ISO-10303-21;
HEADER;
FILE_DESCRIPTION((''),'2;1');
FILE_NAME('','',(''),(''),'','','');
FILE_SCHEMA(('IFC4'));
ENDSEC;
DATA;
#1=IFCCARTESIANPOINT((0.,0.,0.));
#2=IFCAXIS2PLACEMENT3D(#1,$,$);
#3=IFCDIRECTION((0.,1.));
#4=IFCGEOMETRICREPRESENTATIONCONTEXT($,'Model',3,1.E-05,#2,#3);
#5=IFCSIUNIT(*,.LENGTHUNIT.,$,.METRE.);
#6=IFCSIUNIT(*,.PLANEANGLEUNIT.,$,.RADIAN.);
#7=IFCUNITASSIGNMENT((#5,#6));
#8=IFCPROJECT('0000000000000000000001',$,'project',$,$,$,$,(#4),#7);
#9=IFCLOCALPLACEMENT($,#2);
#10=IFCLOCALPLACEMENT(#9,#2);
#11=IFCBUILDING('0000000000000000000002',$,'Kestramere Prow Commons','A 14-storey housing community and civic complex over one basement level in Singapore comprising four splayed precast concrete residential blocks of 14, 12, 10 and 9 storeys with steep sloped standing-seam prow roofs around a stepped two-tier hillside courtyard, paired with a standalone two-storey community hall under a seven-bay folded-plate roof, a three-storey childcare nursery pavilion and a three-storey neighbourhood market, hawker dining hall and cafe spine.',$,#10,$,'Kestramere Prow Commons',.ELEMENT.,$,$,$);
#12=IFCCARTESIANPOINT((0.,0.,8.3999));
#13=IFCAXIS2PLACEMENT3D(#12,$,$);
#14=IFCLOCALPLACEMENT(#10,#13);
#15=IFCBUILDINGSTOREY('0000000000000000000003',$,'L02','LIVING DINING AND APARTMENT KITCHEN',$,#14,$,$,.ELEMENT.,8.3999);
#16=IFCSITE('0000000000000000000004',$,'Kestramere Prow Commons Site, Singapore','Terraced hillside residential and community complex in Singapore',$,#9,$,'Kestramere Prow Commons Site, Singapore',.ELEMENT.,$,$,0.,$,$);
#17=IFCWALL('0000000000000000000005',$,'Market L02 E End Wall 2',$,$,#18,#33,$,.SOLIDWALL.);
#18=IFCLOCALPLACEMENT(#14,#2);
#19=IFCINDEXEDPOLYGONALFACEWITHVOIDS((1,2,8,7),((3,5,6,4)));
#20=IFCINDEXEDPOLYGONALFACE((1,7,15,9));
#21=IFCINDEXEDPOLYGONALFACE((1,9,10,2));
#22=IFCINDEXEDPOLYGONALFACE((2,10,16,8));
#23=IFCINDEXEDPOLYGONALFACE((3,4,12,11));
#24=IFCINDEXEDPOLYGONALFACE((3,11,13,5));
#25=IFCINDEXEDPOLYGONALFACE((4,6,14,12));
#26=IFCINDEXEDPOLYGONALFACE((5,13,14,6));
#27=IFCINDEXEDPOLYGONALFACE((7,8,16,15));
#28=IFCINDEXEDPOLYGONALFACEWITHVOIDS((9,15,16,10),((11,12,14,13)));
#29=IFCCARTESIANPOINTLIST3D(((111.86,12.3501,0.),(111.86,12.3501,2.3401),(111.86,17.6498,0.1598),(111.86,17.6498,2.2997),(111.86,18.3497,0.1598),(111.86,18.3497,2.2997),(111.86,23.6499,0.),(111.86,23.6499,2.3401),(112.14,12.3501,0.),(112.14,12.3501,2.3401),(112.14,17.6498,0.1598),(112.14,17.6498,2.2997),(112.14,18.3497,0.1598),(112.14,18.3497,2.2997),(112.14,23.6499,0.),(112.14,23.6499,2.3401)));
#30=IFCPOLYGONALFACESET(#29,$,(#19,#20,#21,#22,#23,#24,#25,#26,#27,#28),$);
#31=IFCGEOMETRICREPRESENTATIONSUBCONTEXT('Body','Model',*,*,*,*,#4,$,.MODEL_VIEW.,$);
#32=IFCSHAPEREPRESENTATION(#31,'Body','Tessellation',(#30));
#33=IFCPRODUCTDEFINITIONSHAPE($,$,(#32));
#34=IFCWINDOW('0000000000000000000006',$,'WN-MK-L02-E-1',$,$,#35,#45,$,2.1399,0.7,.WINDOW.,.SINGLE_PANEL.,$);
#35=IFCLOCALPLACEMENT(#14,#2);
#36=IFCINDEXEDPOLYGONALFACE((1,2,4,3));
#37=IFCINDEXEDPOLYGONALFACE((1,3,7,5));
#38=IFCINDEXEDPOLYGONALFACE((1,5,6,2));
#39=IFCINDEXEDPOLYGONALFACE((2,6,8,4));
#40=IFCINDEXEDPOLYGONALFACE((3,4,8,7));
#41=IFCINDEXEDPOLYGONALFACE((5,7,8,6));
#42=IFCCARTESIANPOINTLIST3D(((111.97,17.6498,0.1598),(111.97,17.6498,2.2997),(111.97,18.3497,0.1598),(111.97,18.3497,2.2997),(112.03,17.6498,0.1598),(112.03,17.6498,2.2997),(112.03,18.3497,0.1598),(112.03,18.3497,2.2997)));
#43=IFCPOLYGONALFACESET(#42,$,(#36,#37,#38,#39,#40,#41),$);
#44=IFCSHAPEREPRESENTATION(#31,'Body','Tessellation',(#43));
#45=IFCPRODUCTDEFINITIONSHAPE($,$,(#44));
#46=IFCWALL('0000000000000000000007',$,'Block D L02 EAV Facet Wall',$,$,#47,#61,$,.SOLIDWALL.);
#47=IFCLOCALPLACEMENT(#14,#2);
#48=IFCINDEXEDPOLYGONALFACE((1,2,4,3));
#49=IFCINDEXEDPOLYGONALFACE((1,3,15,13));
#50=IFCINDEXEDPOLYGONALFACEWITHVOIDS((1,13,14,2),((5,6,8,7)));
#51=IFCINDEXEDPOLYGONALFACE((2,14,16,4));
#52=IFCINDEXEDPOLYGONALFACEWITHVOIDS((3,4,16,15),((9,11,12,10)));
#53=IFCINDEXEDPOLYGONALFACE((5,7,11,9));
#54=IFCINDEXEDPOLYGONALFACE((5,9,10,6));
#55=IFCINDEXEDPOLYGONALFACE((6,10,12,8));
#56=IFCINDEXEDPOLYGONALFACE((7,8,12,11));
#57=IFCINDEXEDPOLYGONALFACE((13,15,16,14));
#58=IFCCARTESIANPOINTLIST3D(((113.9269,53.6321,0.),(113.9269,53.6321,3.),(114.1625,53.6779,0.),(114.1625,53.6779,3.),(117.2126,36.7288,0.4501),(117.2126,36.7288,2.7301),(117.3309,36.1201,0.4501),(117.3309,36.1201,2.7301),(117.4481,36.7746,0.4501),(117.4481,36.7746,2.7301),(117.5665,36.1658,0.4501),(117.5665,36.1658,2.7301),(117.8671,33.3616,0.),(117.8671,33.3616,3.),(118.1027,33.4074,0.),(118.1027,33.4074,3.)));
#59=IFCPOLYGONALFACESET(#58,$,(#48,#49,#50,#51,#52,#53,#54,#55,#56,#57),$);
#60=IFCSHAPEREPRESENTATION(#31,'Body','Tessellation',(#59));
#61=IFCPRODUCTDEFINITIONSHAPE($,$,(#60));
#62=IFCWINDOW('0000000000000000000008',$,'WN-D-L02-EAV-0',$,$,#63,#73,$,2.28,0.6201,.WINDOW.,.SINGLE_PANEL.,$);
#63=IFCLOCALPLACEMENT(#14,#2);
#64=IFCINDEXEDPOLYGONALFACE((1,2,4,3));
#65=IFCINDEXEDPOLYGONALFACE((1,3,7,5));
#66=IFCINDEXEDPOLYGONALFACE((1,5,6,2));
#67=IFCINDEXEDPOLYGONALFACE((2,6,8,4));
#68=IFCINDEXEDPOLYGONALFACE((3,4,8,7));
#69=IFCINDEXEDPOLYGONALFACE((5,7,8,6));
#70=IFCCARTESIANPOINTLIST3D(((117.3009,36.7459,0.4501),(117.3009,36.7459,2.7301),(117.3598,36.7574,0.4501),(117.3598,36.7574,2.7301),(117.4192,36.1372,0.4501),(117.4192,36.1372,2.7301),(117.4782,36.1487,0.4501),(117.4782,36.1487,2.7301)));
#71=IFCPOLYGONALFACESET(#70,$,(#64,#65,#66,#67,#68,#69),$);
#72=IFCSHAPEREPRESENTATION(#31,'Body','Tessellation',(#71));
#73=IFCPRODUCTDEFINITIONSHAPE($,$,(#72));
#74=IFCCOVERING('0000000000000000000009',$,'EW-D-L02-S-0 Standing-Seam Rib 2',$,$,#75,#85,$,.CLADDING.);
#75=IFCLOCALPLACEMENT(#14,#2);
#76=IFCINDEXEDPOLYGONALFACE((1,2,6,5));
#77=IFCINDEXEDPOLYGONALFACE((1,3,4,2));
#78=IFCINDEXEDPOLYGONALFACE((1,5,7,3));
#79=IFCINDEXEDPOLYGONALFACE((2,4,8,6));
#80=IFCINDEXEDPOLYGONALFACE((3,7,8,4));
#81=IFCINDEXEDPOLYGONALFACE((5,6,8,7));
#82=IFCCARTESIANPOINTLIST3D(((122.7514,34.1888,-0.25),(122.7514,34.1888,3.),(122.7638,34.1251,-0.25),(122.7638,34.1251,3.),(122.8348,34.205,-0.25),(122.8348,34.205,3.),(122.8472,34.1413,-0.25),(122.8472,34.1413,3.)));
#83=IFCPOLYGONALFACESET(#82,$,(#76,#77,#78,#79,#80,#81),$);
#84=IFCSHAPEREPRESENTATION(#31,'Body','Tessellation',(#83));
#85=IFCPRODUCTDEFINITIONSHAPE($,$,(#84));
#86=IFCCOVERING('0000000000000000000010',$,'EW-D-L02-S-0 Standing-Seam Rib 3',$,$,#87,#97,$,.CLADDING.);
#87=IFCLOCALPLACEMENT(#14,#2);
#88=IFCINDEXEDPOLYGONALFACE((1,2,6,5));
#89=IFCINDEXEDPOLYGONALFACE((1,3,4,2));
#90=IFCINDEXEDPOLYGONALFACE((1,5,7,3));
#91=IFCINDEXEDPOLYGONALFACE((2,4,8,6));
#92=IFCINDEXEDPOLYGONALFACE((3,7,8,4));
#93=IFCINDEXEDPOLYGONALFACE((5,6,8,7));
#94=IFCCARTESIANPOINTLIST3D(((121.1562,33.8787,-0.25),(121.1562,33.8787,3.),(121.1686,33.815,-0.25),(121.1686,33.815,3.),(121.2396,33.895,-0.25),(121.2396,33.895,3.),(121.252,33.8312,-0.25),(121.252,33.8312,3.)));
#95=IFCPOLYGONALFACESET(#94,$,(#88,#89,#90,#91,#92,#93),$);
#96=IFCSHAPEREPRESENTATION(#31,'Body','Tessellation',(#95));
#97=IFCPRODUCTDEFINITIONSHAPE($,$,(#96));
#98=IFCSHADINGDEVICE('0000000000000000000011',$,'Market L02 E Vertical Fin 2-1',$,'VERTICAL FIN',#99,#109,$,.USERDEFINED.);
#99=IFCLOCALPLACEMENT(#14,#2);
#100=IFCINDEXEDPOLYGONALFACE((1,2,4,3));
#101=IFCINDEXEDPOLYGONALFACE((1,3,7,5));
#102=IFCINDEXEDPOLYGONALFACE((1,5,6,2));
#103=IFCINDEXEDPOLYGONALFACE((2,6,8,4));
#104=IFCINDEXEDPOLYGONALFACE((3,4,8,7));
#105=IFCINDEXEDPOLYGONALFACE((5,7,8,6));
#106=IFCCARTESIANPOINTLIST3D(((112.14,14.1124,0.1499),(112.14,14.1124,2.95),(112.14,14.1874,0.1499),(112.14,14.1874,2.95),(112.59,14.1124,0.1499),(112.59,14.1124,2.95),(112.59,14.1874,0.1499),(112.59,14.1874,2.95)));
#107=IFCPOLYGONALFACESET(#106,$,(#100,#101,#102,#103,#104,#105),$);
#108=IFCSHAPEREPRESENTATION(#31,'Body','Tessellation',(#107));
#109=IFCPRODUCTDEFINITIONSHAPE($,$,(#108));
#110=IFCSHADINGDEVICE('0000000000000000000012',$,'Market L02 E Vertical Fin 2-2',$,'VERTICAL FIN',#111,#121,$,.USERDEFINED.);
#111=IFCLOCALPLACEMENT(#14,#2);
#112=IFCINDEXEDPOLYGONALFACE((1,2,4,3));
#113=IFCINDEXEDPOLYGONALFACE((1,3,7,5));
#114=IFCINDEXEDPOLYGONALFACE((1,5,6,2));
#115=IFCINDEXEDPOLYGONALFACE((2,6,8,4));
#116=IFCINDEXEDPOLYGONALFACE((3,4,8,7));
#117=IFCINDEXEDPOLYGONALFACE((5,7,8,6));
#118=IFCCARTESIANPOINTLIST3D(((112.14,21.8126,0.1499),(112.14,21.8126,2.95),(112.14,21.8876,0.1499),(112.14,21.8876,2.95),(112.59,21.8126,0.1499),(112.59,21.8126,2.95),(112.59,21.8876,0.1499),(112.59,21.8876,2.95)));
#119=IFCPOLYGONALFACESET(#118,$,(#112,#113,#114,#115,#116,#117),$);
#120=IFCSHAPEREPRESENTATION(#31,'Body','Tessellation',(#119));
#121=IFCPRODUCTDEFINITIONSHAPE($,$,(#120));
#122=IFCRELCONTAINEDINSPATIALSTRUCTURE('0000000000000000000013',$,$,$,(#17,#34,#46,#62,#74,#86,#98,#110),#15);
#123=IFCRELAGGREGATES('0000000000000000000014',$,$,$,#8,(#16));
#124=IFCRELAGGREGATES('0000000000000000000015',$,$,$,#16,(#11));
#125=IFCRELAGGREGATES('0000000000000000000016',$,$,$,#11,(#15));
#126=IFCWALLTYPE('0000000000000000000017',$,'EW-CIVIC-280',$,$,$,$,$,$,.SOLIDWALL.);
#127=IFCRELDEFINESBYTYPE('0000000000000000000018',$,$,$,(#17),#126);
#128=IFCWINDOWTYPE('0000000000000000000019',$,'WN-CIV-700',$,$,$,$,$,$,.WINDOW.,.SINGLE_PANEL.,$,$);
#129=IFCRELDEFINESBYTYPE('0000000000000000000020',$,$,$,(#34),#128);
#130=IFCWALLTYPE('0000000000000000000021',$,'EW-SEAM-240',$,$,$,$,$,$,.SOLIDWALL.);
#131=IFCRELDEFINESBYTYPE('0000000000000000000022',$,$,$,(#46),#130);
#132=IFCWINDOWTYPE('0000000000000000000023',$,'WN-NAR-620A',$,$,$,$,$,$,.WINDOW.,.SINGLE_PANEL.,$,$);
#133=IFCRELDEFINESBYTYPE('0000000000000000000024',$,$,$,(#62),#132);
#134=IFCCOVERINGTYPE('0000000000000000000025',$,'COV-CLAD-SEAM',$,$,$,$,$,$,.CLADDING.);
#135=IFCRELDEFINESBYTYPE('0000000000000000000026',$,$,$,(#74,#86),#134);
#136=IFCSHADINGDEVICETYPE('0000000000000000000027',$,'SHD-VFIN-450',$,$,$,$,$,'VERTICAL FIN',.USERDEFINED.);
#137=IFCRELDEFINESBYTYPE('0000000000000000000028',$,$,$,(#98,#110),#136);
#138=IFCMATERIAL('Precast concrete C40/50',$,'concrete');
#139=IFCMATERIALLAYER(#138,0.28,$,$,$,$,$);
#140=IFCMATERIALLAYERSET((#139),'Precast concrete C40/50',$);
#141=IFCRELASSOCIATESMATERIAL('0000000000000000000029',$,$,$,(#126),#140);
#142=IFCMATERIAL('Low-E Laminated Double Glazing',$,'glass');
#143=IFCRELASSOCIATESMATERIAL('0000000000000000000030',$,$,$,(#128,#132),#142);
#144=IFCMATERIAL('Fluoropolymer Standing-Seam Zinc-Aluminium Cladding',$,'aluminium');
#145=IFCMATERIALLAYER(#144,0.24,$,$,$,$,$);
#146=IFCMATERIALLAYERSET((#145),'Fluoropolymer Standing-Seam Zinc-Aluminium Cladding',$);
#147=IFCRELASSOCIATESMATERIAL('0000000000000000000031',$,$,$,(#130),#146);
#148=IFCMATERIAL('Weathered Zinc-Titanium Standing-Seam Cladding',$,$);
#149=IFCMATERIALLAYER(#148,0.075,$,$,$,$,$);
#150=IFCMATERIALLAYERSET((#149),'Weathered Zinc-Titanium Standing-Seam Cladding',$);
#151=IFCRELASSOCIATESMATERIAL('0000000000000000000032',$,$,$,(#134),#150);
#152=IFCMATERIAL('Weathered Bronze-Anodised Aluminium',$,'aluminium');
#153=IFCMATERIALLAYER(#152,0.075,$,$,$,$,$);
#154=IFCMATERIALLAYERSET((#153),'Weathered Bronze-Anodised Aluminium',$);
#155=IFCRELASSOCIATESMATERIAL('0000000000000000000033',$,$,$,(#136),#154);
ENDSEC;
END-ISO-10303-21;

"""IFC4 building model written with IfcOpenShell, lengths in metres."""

from ifc_helpers import new_model, si_unit, direction, frame, frame_2d, origin, origin_2d, place, context, subcontext, project, spatial, rectangle, extrude, material, layer, layer_set, type_object, element, fill, save


model = new_model("IFC4")

# Units and contexts
model_context = context("Model", 3, precision=1e-05, world=origin(), true_north=direction((0.0, 1.0)))
body_context = subcontext(model_context, "Body", "Model", "MODEL_VIEW")
ifc_project = project(units=[si_unit("LENGTHUNIT", "METRE"), si_unit("PLANEANGLEUNIT", "RADIAN")], contexts=[model_context])

# Site, building, storey
site_placement = place(None, origin())
site = spatial("IfcSite", under=ifc_project, at=site_placement, Name="Kestramere Prow Commons Site, Singapore", Description="Terraced hillside residential and community complex in Singapore", LongName="Kestramere Prow Commons Site, Singapore", CompositionType="ELEMENT", RefElevation=0.0)
building_placement = place(site_placement, origin())
building = spatial("IfcBuilding", under=site, at=building_placement, Name="Kestramere Prow Commons", Description="A 14-storey housing community and civic complex over one basement level in Singapore comprising four splayed precast concrete residential blocks of 14, 12, 10 and 9 storeys with steep sloped standing-seam prow roofs around a stepped two-tier hillside courtyard, paired with a standalone two-storey community hall under a seven-bay folded-plate roof, a three-storey childcare nursery pavilion and a three-storey neighbourhood market, hawker dining hall and cafe spine.", LongName="Kestramere Prow Commons", CompositionType="ELEMENT")
storey_placement = place(building_placement, frame((0.0, 0.0, 8.3999)))
storey = spatial("IfcBuildingStorey", under=building, at=storey_placement, Name="L02", Description="LIVING DINING AND APARTMENT KITCHEN", CompositionType="ELEMENT", Elevation=8.3999)

# Shared definitions
ifc_material_1 = material(Name="Precast concrete C40/50", Category="concrete")

# Shared definitions
ifc_material_2 = material(Name="Low-E Laminated Double Glazing", Category="glass")

# Walls, openings, windows
ifc_layer_1 = layer(ifc_material_1, 0.28)
ifc_layer_set_1 = layer_set([ifc_layer_1], Name="Precast concrete C40/50")
wall_type_1 = type_object("IfcWallType", Name="EW-CIVIC-280", PredefinedType="SOLIDWALL", material=ifc_layer_set_1)
wall_1_placement = place(storey_placement, frame((112.0, 23.6499, 0.0), z_axis=(0.0, 0.0, 1.0), x_axis=(0.0, -1.0, 0.0)))
wall_1 = element("IfcWall", 1, at=wall_1_placement, inside=storey, type_object=wall_type_1, Name="Market L02 E End Wall 2", PredefinedType="SOLIDWALL", context=body_context, shape_type="SweptSolid", body=[
    extrude(rectangle(XDim=11.2998, YDim=0.28, at=frame_2d((5.6499, 0.0))), origin(), (0.0, 0.0, 1.0), 2.3401),
])
opening_1_placement = place(wall_1_placement, frame((5.3, 0.0, 0.1599)))
opening_1 = element("IfcOpeningElement", 2, at=opening_1_placement, cuts=wall_1, PredefinedType="OPENING", context=body_context, shape_type="SweptSolid", body=[
    extrude(rectangle(XDim=0.7, YDim=2.1399, at=frame_2d((0.3501, 1.0698))), frame((0.0, 0.155, 0.0), z_axis=(0.0, -1.0, 0.0), x_axis=(1.0, 0.0, 0.0)), (0.0, 0.0, 1.0), 0.3101),
])
window_type_1 = type_object("IfcWindowType", Name="WN-CIV-700", PartitioningType="SINGLE_PANEL", PredefinedType="WINDOW", material=ifc_material_2)
window_1_placement = place(opening_1_placement, origin())
window_1 = element("IfcWindow", 3, at=window_1_placement, inside=storey, type_object=window_type_1, Name="WN-MK-L02-E-1", OverallHeight=2.1399, OverallWidth=0.7, PartitioningType="SINGLE_PANEL", PredefinedType="WINDOW", context=body_context, shape_type="SweptSolid", body=[
    extrude(rectangle(XDim=0.7, YDim=2.1399, at=frame_2d((0.3501, 1.0698))), frame((0.0, 0.03, 0.0), z_axis=(0.0, -1.0, 0.0), x_axis=(1.0, 0.0, 0.0)), (0.0, 0.0, 1.0), 0.0601),
])
fill(opening_1, window_1)
ifc_material_3 = material(Name="Fluoropolymer Standing-Seam Zinc-Aluminium Cladding", Category="aluminium")
ifc_layer_2 = layer(ifc_material_3, 0.24)
ifc_layer_set_2 = layer_set([ifc_layer_2], Name="Fluoropolymer Standing-Seam Zinc-Aluminium Cladding")
wall_type_2 = type_object("IfcWallType", Name="EW-SEAM-240", PredefinedType="SOLIDWALL", material=ifc_layer_set_2)
wall_2_placement = place(storey_placement, frame((117.9849, 33.3845, 0.0), z_axis=(0.0, 0.0, 1.0), x_axis=(-0.190809, 0.981627, 0.0)))
wall_2 = element("IfcWall", 4, at=wall_2_placement, inside=storey, type_object=wall_type_2, Name="Block D L02 EAV Facet Wall", PredefinedType="SOLIDWALL", context=body_context, shape_type="SweptSolid", body=[
    extrude(rectangle(XDim=20.6499, YDim=0.24, at=frame_2d((10.325, 0.0))), origin(), (0.0, 0.0, 1.0), 3.0),
])
opening_2_placement = place(wall_2_placement, frame((2.8101, 0.0, 0.45)))
opening_2 = element("IfcOpeningElement", 5, at=opening_2_placement, cuts=wall_2, PredefinedType="OPENING", context=body_context, shape_type="SweptSolid", body=[
    extrude(rectangle(XDim=0.6201, YDim=2.28, at=frame_2d((0.3101, 1.1401))), frame((0.0, 0.135, 0.0), z_axis=(0.0, -1.0, 0.0), x_axis=(1.0, 0.0, 0.0)), (0.0, 0.0, 1.0), 0.27),
])
window_type_2 = type_object("IfcWindowType", Name="WN-NAR-620A", PartitioningType="SINGLE_PANEL", PredefinedType="WINDOW", material=ifc_material_2)
window_2_placement = place(opening_2_placement, origin())
window_2 = element("IfcWindow", 6, at=window_2_placement, inside=storey, type_object=window_type_2, Name="WN-D-L02-EAV-0", OverallHeight=2.28, OverallWidth=0.6201, PartitioningType="SINGLE_PANEL", PredefinedType="WINDOW", context=body_context, shape_type="SweptSolid", body=[
    extrude(rectangle(XDim=0.6201, YDim=2.28, at=frame_2d((0.3101, 1.1401))), frame((0.0, 0.03, 0.0), z_axis=(0.0, -1.0, 0.0), x_axis=(1.0, 0.0, 0.0)), (0.0, 0.0, 1.0), 0.0601),
])
fill(opening_2, window_2)

# Coverings
ifc_material_4 = material(Name="Weathered Zinc-Titanium Standing-Seam Cladding")
ifc_layer_3 = layer(ifc_material_4, 0.075)
ifc_layer_set_3 = layer_set([ifc_layer_3], Name="Weathered Zinc-Titanium Standing-Seam Cladding")
covering_type = type_object("IfcCoveringType", Name="COV-CLAD-SEAM", PredefinedType="CLADDING", material=ifc_layer_set_3)
for number, where, z_axis, x_axis, name in (
    (7, (122.7993, 34.165, -0.25), (0.0, 0.0, 1.0), (-0.981627, -0.190809, 0.0), "EW-D-L02-S-0 Standing-Seam Rib 2"),
    (8, (121.2041, 33.855, -0.25), (0.0, 0.0, 1.0), (-0.981627, -0.190809, 0.0), "EW-D-L02-S-0 Standing-Seam Rib 3"),
):
    element("IfcCovering", number, at=place(storey_placement, frame(where, z_axis=z_axis, x_axis=x_axis)), inside=storey, type_object=covering_type, Name=name, PredefinedType="CLADDING", context=body_context, shape_type="SweptSolid", body=[
        extrude(rectangle(XDim=0.085, YDim=0.0649, at=origin_2d()), origin(), (0.0, 0.0, 1.0), 3.25),
    ])

# Shading devices
ifc_material_5 = material(Name="Weathered Bronze-Anodised Aluminium", Category="aluminium")
ifc_layer_4 = layer(ifc_material_5, 0.075)
ifc_layer_set_4 = layer_set([ifc_layer_4], Name="Weathered Bronze-Anodised Aluminium")
shading_device_type = type_object("IfcShadingDeviceType", Name="SHD-VFIN-450", ElementType="VERTICAL FIN", PredefinedType="USERDEFINED", material=ifc_layer_set_4)
for number, where, z_axis, x_axis, name in (
    (9, (112.365, 14.1499, 0.1499), (0.0, 0.0, 1.0), (1.0, 0.0, 0.0), "Market L02 E Vertical Fin 2-1"),
    (10, (112.365, 21.8501, 0.1499), (0.0, 0.0, 1.0), (1.0, 0.0, 0.0), "Market L02 E Vertical Fin 2-2"),
):
    element("IfcShadingDevice", number, at=place(storey_placement, frame(where, z_axis=z_axis, x_axis=x_axis)), inside=storey, type_object=shading_device_type, Name=name, ObjectType="VERTICAL FIN", PredefinedType="USERDEFINED", context=body_context, shape_type="SweptSolid", body=[
        extrude(rectangle(XDim=0.45, YDim=0.075, at=origin_2d()), origin(), (0.0, 0.0, 1.0), 2.8),
    ])

save(model, "model.ifc")
